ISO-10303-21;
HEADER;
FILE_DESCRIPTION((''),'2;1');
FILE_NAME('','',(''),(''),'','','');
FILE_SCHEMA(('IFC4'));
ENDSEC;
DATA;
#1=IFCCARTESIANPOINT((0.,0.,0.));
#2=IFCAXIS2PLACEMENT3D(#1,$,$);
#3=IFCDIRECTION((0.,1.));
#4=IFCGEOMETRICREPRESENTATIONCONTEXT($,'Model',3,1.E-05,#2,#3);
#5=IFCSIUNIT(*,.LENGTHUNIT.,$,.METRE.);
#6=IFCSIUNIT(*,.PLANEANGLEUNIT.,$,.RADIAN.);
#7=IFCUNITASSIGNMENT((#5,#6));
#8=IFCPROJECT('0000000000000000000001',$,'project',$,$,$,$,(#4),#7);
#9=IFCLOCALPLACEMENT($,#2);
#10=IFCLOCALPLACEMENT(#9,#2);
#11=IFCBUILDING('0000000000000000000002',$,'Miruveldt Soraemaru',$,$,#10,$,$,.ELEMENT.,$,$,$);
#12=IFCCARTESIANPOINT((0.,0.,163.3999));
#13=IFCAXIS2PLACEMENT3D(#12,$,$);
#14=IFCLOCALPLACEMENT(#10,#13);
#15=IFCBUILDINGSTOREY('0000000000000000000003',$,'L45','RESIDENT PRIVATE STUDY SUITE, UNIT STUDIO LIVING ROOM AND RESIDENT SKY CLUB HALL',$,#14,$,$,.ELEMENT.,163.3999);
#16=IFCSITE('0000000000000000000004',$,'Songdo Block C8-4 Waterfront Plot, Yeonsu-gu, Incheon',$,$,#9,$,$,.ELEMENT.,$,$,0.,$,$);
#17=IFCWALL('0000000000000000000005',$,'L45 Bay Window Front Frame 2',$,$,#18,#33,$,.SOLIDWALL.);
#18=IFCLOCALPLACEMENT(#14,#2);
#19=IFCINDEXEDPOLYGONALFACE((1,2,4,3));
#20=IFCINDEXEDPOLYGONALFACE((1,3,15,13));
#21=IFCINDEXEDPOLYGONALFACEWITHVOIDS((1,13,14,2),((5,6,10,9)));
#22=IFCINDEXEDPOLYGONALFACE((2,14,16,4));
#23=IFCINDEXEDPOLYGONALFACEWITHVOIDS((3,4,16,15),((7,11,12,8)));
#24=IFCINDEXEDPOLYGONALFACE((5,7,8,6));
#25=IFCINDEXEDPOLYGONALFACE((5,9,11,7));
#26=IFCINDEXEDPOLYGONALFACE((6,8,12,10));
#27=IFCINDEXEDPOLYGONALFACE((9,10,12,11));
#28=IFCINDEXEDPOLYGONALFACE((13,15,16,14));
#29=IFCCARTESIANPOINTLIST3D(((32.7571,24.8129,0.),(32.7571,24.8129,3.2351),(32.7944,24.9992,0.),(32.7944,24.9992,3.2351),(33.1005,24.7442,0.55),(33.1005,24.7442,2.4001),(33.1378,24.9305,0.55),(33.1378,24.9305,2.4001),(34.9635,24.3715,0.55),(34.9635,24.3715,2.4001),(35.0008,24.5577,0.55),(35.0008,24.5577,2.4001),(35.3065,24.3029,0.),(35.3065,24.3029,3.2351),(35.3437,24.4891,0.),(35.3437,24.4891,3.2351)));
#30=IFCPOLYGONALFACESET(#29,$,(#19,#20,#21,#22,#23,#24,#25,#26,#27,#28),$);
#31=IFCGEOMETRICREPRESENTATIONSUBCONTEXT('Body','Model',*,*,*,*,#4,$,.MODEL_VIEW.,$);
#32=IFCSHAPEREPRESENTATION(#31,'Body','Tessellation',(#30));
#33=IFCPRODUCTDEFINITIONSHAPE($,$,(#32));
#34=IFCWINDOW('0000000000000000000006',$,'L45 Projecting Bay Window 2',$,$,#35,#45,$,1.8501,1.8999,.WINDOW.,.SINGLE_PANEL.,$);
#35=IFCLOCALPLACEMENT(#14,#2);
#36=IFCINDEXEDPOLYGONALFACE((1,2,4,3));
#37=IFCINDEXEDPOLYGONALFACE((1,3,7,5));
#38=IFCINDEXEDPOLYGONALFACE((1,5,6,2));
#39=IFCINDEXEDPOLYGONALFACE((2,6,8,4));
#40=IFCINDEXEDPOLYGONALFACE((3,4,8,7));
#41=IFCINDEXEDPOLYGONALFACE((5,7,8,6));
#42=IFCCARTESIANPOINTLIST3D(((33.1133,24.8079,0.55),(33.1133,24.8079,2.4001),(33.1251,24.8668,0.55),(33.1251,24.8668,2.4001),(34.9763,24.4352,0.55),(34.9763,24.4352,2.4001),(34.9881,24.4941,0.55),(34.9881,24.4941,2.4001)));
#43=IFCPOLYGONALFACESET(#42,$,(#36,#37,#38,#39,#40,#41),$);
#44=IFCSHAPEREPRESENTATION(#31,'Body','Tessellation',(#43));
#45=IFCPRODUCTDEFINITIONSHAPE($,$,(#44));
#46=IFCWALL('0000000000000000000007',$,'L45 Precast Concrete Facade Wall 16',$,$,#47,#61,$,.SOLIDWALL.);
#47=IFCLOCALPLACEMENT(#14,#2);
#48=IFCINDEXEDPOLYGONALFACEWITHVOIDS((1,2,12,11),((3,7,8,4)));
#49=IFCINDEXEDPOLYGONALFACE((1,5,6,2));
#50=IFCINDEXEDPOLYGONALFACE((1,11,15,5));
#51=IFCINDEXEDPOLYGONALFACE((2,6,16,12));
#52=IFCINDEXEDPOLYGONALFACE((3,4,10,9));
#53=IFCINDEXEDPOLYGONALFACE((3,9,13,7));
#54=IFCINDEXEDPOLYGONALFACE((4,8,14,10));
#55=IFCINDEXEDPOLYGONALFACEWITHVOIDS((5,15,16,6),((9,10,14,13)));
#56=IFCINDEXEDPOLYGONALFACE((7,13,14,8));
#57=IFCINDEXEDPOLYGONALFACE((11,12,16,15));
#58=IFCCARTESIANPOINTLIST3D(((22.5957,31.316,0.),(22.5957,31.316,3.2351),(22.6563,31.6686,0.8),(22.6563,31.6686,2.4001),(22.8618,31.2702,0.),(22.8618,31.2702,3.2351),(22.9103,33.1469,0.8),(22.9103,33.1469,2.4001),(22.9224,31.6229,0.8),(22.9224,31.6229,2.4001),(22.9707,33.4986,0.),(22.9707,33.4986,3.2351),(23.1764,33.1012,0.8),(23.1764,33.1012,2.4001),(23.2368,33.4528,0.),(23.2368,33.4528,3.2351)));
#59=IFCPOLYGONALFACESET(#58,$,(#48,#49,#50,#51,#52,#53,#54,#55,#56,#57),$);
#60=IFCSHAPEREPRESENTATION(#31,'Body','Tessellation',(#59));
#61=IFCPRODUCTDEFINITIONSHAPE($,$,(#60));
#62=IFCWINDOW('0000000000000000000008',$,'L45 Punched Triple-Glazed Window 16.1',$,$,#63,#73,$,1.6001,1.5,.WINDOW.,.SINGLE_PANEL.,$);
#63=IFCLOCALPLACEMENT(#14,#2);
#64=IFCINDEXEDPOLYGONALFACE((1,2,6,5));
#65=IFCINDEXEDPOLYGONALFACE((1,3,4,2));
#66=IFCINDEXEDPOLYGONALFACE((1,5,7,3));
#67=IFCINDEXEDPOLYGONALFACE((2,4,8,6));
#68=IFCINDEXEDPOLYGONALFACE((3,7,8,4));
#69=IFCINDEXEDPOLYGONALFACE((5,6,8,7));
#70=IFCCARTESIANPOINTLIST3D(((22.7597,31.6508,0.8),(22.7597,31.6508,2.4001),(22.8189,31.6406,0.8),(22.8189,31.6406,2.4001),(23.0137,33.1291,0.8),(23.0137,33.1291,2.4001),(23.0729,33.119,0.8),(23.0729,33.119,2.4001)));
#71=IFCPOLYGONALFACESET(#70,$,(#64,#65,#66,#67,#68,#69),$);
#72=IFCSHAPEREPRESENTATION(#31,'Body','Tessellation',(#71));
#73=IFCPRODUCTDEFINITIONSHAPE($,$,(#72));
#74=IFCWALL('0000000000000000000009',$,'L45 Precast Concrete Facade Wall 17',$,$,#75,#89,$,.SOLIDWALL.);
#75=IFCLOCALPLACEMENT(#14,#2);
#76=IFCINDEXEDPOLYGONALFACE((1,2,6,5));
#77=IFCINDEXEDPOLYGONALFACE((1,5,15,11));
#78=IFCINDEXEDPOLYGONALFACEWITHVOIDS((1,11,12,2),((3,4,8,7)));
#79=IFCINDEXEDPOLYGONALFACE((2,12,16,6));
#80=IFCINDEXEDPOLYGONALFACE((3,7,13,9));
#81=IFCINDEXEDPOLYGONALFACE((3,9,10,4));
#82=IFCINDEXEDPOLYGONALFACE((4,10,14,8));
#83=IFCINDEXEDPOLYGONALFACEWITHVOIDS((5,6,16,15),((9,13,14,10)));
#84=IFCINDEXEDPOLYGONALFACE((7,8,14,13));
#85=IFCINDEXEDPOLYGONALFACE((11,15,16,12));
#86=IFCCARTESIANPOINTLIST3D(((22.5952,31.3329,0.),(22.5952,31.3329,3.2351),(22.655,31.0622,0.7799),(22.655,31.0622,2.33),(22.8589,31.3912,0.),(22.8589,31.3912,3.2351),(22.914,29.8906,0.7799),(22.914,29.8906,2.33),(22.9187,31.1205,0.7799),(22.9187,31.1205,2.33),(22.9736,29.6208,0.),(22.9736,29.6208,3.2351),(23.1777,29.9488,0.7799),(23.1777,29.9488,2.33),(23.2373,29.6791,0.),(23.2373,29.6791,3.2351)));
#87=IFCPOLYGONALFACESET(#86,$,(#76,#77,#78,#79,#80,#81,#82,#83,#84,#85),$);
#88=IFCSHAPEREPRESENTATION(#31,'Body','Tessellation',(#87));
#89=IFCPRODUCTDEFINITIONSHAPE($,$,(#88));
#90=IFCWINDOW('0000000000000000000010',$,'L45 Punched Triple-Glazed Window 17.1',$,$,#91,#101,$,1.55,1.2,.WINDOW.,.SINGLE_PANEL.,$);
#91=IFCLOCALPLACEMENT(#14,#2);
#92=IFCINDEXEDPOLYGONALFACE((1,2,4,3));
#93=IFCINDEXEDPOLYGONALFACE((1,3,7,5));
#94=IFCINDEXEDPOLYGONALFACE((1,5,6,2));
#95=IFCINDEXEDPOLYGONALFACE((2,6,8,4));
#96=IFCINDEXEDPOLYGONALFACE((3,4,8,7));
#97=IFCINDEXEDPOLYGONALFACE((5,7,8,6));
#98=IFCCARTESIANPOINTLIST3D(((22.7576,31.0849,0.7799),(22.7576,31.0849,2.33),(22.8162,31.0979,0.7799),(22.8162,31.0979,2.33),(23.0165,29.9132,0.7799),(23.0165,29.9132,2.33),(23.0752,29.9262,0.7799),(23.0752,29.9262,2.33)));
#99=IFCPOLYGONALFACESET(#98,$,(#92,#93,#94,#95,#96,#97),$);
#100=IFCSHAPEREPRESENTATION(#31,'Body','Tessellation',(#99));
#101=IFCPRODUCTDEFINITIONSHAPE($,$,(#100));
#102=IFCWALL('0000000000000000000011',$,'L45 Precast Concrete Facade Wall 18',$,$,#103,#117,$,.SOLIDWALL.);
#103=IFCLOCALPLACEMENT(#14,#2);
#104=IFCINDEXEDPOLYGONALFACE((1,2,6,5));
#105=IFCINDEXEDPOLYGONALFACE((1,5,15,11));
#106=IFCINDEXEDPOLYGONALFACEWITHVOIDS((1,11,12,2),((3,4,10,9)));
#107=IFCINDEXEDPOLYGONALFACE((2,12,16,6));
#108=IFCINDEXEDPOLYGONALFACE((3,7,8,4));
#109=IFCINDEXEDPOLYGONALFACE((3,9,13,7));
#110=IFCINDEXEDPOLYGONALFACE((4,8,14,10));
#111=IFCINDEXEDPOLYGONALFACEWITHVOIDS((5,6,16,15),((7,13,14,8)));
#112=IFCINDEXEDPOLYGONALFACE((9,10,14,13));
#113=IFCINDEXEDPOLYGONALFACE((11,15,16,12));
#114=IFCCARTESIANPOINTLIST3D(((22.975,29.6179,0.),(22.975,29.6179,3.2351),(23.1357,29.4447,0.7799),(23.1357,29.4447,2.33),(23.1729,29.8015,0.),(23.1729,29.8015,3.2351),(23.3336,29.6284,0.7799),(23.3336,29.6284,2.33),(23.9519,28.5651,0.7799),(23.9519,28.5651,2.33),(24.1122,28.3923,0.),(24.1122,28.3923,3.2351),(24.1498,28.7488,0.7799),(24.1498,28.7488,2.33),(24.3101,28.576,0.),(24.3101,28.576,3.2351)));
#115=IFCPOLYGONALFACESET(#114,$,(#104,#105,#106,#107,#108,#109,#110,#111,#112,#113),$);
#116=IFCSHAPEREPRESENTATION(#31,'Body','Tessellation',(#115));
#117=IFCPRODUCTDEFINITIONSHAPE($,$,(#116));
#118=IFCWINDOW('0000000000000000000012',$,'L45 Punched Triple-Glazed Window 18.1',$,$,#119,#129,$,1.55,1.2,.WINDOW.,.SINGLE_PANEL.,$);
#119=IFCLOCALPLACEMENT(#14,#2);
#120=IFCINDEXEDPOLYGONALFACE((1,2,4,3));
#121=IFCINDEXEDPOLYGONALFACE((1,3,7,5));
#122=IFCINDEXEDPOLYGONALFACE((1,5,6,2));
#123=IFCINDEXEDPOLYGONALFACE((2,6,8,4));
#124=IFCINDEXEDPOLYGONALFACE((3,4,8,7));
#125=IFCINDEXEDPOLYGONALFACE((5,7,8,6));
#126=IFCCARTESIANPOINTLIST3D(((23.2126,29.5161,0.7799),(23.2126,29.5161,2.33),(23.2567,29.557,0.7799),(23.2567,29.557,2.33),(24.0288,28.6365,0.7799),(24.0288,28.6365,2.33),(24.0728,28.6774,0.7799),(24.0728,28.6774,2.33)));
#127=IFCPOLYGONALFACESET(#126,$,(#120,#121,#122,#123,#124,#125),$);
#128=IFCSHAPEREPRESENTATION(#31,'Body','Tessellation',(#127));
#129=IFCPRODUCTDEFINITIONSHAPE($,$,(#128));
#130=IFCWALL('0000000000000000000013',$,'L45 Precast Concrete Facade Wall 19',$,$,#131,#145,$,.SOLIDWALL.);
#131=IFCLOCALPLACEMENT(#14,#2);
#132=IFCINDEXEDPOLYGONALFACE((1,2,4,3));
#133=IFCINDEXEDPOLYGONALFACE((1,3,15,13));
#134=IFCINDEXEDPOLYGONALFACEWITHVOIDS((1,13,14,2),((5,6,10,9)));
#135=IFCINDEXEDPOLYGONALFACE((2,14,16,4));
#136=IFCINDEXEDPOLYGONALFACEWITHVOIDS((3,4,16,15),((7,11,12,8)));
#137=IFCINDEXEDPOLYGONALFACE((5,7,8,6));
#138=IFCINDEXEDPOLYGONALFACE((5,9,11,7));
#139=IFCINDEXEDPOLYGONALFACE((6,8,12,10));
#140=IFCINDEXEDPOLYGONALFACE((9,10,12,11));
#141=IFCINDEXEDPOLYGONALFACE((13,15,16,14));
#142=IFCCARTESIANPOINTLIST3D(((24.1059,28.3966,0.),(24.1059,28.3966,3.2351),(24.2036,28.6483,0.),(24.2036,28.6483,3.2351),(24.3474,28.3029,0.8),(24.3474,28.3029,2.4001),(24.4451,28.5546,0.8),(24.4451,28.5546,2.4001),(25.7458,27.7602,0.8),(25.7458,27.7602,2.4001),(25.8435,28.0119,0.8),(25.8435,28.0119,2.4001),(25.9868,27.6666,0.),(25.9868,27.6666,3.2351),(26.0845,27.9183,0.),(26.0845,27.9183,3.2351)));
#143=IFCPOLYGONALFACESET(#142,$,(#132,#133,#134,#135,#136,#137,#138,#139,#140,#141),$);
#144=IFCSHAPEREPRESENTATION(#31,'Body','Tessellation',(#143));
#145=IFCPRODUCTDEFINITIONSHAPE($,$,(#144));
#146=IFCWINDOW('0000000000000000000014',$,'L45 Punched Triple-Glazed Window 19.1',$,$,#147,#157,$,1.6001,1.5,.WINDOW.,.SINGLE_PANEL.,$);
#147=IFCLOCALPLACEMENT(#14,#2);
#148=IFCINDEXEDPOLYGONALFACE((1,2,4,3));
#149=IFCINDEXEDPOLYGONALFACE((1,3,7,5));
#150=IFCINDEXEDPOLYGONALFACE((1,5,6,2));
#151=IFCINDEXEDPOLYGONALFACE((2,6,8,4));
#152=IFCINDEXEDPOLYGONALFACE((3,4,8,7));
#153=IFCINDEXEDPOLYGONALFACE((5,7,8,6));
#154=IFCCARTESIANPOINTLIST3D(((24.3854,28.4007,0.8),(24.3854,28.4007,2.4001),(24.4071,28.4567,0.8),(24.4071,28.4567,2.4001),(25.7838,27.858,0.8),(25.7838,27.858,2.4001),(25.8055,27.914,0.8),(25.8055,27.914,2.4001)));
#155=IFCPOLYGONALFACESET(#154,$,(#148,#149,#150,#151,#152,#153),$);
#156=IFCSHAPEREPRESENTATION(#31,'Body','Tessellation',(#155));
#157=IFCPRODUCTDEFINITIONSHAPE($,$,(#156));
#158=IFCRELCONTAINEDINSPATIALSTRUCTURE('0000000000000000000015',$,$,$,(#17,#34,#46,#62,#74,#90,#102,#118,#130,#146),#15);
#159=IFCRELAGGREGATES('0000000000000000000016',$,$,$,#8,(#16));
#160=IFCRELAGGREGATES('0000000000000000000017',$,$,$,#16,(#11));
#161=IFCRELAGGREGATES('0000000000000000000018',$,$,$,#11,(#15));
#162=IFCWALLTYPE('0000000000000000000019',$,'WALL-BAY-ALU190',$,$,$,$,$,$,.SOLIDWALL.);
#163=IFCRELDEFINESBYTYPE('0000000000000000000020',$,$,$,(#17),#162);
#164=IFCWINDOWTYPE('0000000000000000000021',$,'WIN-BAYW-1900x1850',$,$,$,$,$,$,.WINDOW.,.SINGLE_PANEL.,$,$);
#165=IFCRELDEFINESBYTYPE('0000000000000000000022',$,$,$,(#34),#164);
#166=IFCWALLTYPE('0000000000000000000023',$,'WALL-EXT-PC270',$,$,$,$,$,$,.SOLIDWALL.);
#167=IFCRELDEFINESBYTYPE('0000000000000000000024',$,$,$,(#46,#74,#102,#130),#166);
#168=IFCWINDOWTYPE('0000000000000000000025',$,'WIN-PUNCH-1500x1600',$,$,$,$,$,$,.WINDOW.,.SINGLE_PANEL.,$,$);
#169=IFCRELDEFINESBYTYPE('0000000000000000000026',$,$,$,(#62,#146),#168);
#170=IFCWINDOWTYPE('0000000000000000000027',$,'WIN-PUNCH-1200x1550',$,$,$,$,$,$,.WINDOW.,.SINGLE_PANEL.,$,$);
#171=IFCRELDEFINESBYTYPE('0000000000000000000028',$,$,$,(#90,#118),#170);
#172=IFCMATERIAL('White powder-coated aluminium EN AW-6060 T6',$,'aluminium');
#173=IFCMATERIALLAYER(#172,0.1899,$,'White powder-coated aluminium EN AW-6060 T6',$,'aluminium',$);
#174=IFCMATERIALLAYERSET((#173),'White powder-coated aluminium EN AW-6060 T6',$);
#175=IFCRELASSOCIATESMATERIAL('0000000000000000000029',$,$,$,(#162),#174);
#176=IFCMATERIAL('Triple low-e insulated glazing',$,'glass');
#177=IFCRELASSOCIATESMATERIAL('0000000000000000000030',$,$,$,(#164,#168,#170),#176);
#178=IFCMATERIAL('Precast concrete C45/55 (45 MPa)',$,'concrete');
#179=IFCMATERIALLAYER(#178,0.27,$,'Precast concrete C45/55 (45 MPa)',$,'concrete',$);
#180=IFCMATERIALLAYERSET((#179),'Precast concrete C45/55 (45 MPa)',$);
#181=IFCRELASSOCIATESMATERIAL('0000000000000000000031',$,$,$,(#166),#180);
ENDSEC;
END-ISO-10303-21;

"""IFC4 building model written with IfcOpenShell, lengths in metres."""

from ifc_helpers import new_model, si_unit, direction, frame, frame_2d, origin, place, context, subcontext, project, spatial, rectangle, extrude, material, layer, layer_set, type_object, element, fill, save


model = new_model("IFC4")

# Units and contexts
model_context = context("Model", 3, precision=1e-05, world=origin(), true_north=direction((0.0, 1.0)))
body_context = subcontext(model_context, "Body", "Model", "MODEL_VIEW")
ifc_project = project(units=[si_unit("LENGTHUNIT", "METRE"), si_unit("PLANEANGLEUNIT", "RADIAN")], contexts=[model_context])

# Site, building, storey
site_placement = place(None, origin())
site = spatial("IfcSite", under=ifc_project, at=site_placement, Name="Songdo Block C8-4 Waterfront Plot, Yeonsu-gu, Incheon", CompositionType="ELEMENT", RefElevation=0.0)
building_placement = place(site_placement, origin())
building = spatial("IfcBuilding", under=site, at=building_placement, Name="Miruveldt Soraemaru", CompositionType="ELEMENT")
storey_placement = place(building_placement, frame((0.0, 0.0, 163.3999)))
storey = spatial("IfcBuildingStorey", under=building, at=storey_placement, Name="L45", Description="RESIDENT PRIVATE STUDY SUITE, UNIT STUDIO LIVING ROOM AND RESIDENT SKY CLUB HALL", CompositionType="ELEMENT", Elevation=163.3999)

# Shared definitions
ifc_material_1 = material(Name="White powder-coated aluminium EN AW-6060 T6", Category="aluminium")
ifc_layer_1 = layer(ifc_material_1, 0.1899, Name="White powder-coated aluminium EN AW-6060 T6", Category="aluminium")
ifc_layer_set_1 = layer_set([ifc_layer_1], Name="White powder-coated aluminium EN AW-6060 T6")
wall_type_1 = type_object("IfcWallType", Name="WALL-BAY-ALU190", PredefinedType="SOLIDWALL", material=ifc_layer_set_1)

# Walls, openings, windows
wall_1_placement = place(storey_placement, frame((32.7759, 24.906, 0.0), z_axis=(0.0, 0.0, 1.0), x_axis=(0.98057, -0.19617, 0.0)))
wall_1 = element("IfcWall", 1, at=wall_1_placement, inside=storey, type_object=wall_type_1, Name="L45 Bay Window Front Frame 2", PredefinedType="SOLIDWALL", context=body_context, shape_type="SweptSolid", body=[
    extrude(rectangle(XDim=2.5999, YDim=0.1899, at=frame_2d((1.2998, 0.0))), origin(), (0.0, 0.0, 1.0), 3.2351),
])
opening_1_placement = place(wall_1_placement, frame((0.3501, 0.0, 0.55)))
opening_1 = element("IfcOpeningElement", 2, at=opening_1_placement, cuts=wall_1, PredefinedType="OPENING", context=body_context, shape_type="SweptSolid", body=[
    extrude(rectangle(XDim=1.8999, YDim=1.8501, at=frame_2d((0.95, 0.925))), frame((0.0, 0.105, 0.0), z_axis=(0.0, -1.0, 0.0), x_axis=(1.0, 0.0, 0.0)), (0.0, 0.0, 1.0), 0.21),
])
ifc_material_2 = material(Name="Triple low-e insulated glazing", Category="glass")
window_type_1 = type_object("IfcWindowType", Name="WIN-BAYW-1900x1850", PartitioningType="SINGLE_PANEL", PredefinedType="WINDOW", material=ifc_material_2)
window_1_placement = place(opening_1_placement, origin())
window_1 = element("IfcWindow", 3, at=window_1_placement, inside=storey, type_object=window_type_1, Name="L45 Projecting Bay Window 2", OverallHeight=1.8501, OverallWidth=1.8999, PartitioningType="SINGLE_PANEL", PredefinedType="WINDOW", context=body_context, shape_type="SweptSolid", body=[
    extrude(rectangle(XDim=1.8999, YDim=1.8501, at=frame_2d((0.95, 0.925))), frame((0.0, 0.03, 0.0), z_axis=(0.0, -1.0, 0.0), x_axis=(1.0, 0.0, 0.0)), (0.0, 0.0, 1.0), 0.0601),
])
fill(opening_1, window_1)
ifc_material_3 = material(Name="Precast concrete C45/55 (45 MPa)", Category="concrete")
ifc_layer_2 = layer(ifc_material_3, 0.27, Name="Precast concrete C45/55 (45 MPa)", Category="concrete")
ifc_layer_set_2 = layer_set([ifc_layer_2], Name="Precast concrete C45/55 (45 MPa)")
wall_type_2 = type_object("IfcWallType", Name="WALL-EXT-PC270", PredefinedType="SOLIDWALL", material=ifc_layer_set_2)
wall_2_placement = place(storey_placement, frame((23.1038, 33.4758, 0.0), z_axis=(0.0, 0.0, 1.0), x_axis=(-0.169331, -0.985559, 0.0)))
wall_2 = element("IfcWall", 4, at=wall_2_placement, inside=storey, type_object=wall_type_2, Name="L45 Precast Concrete Facade Wall 16", PredefinedType="SOLIDWALL", context=body_context, shape_type="SweptSolid", body=[
    extrude(rectangle(XDim=2.2146, YDim=0.27, at=frame_2d((1.1074, 0.0))), origin(), (0.0, 0.0, 1.0), 3.2351),
])
opening_2_placement = place(wall_2_placement, frame((0.3569, 0.0, 0.8)))
opening_2 = element("IfcOpeningElement", 5, at=opening_2_placement, cuts=wall_2, PredefinedType="OPENING", context=body_context, shape_type="SweptSolid", body=[
    extrude(rectangle(XDim=1.5, YDim=1.6001, at=frame_2d((0.75, 0.8))), frame((0.0, 0.145, 0.0), z_axis=(0.0, -1.0, 0.0), x_axis=(1.0, 0.0, 0.0)), (0.0, 0.0, 1.0), 0.29),
])
window_type_2 = type_object("IfcWindowType", Name="WIN-PUNCH-1500x1600", PartitioningType="SINGLE_PANEL", PredefinedType="WINDOW", material=ifc_material_2)
window_2_placement = place(opening_2_placement, origin())
window_2 = element("IfcWindow", 6, at=window_2_placement, inside=storey, type_object=window_type_2, Name="L45 Punched Triple-Glazed Window 16.1", OverallHeight=1.6001, OverallWidth=1.5, PartitioningType="SINGLE_PANEL", PredefinedType="WINDOW", context=body_context, shape_type="SweptSolid", body=[
    extrude(rectangle(XDim=1.5, YDim=1.6001, at=frame_2d((0.75, 0.8))), frame((0.0, 0.03, 0.0), z_axis=(0.0, -1.0, 0.0), x_axis=(1.0, 0.0, 0.0)), (0.0, 0.0, 1.0), 0.0601),
])
fill(opening_2, window_2)
wall_3_placement = place(storey_placement, frame((22.7271, 31.3621, 0.0), z_axis=(0.0, 0.0, 1.0), x_axis=(0.21581, -0.976435, 0.0)))
wall_3 = element("IfcWall", 7, at=wall_3_placement, inside=storey, type_object=wall_type_2, Name="L45 Precast Concrete Facade Wall 17", PredefinedType="SOLIDWALL", context=body_context, shape_type="SweptSolid", body=[
    extrude(rectangle(XDim=1.7534, YDim=0.27, at=frame_2d((0.8767, 0.0))), origin(), (0.0, 0.0, 1.0), 3.2351),
])
opening_3_placement = place(wall_3_placement, frame((0.2771, 0.0, 0.78)))
opening_3 = element("IfcOpeningElement", 8, at=opening_3_placement, cuts=wall_3, PredefinedType="OPENING", context=body_context, shape_type="SweptSolid", body=[
    extrude(rectangle(XDim=1.2, YDim=1.55, at=frame_2d((0.6001, 0.7749))), frame((0.0, 0.145, 0.0), z_axis=(0.0, -1.0, 0.0), x_axis=(1.0, 0.0, 0.0)), (0.0, 0.0, 1.0), 0.29),
])
window_type_3 = type_object("IfcWindowType", Name="WIN-PUNCH-1200x1550", PartitioningType="SINGLE_PANEL", PredefinedType="WINDOW", material=ifc_material_2)
window_3_placement = place(opening_3_placement, origin())
window_3 = element("IfcWindow", 9, at=window_3_placement, inside=storey, type_object=window_type_3, Name="L45 Punched Triple-Glazed Window 17.1", OverallHeight=1.55, OverallWidth=1.2, PartitioningType="SINGLE_PANEL", PredefinedType="WINDOW", context=body_context, shape_type="SweptSolid", body=[
    extrude(rectangle(XDim=1.2, YDim=1.55, at=frame_2d((0.6001, 0.7749))), frame((0.0, 0.03, 0.0), z_axis=(0.0, -1.0, 0.0), x_axis=(1.0, 0.0, 0.0)), (0.0, 0.0, 1.0), 0.0601),
])
fill(opening_3, window_3)
wall_4_placement = place(storey_placement, frame((23.074, 29.7097, 0.0), z_axis=(0.0, 0.0, 1.0), x_axis=(0.680182, -0.733043, 0.0)))
wall_4 = element("IfcWall", 10, at=wall_4_placement, inside=storey, type_object=wall_type_2, Name="L45 Precast Concrete Facade Wall 18", PredefinedType="SOLIDWALL", context=body_context, shape_type="SweptSolid", body=[
    extrude(rectangle(XDim=1.6719, YDim=0.27, at=frame_2d((0.8359, 0.0))), origin(), (0.0, 0.0, 1.0), 3.2351),
])
opening_4_placement = place(wall_4_placement, frame((0.2361, 0.0, 0.78)))
opening_4 = element("IfcOpeningElement", 11, at=opening_4_placement, cuts=wall_4, PredefinedType="OPENING", context=body_context, shape_type="SweptSolid", body=[
    extrude(rectangle(XDim=1.2, YDim=1.55, at=frame_2d((0.6001, 0.7749))), frame((0.0, 0.145, 0.0), z_axis=(0.0, -1.0, 0.0), x_axis=(1.0, 0.0, 0.0)), (0.0, 0.0, 1.0), 0.29),
])
window_4_placement = place(opening_4_placement, origin())
window_4 = element("IfcWindow", 12, at=window_4_placement, inside=storey, type_object=window_type_3, Name="L45 Punched Triple-Glazed Window 18.1", OverallHeight=1.55, OverallWidth=1.2, PartitioningType="SINGLE_PANEL", PredefinedType="WINDOW", context=body_context, shape_type="SweptSolid", body=[
    extrude(rectangle(XDim=1.2, YDim=1.55, at=frame_2d((0.6001, 0.7749))), frame((0.0, 0.03, 0.0), z_axis=(0.0, -1.0, 0.0), x_axis=(1.0, 0.0, 0.0)), (0.0, 0.0, 1.0), 0.0601),
])
fill(opening_4, window_4)
wall_5_placement = place(storey_placement, frame((24.1548, 28.5225, 0.0), z_axis=(0.0, 0.0, 1.0), x_axis=(0.93225, -0.361816, 0.0)))
wall_5 = element("IfcWall", 13, at=wall_5_placement, inside=storey, type_object=wall_type_2, Name="L45 Precast Concrete Facade Wall 19", PredefinedType="SOLIDWALL", context=body_context, shape_type="SweptSolid", body=[
    extrude(rectangle(XDim=2.0176, YDim=0.27, at=frame_2d((1.0088, 0.0))), origin(), (0.0, 0.0, 1.0), 3.2351),
])
opening_5_placement = place(wall_5_placement, frame((0.259, 0.0, 0.8)))
opening_5 = element("IfcOpeningElement", 14, at=opening_5_placement, cuts=wall_5, PredefinedType="OPENING", context=body_context, shape_type="SweptSolid", body=[
    extrude(rectangle(XDim=1.5, YDim=1.6001, at=frame_2d((0.75, 0.8))), frame((0.0, 0.145, 0.0), z_axis=(0.0, -1.0, 0.0), x_axis=(1.0, 0.0, 0.0)), (0.0, 0.0, 1.0), 0.29),
])
window_5_placement = place(opening_5_placement, origin())
window_5 = element("IfcWindow", 15, at=window_5_placement, inside=storey, type_object=window_type_2, Name="L45 Punched Triple-Glazed Window 19.1", OverallHeight=1.6001, OverallWidth=1.5, PartitioningType="SINGLE_PANEL", PredefinedType="WINDOW", context=body_context, shape_type="SweptSolid", body=[
    extrude(rectangle(XDim=1.5, YDim=1.6001, at=frame_2d((0.75, 0.8))), frame((0.0, 0.03, 0.0), z_axis=(0.0, -1.0, 0.0), x_axis=(1.0, 0.0, 0.0)), (0.0, 0.0, 1.0), 0.0601),
])
fill(opening_5, window_5)

save(model, "model.ifc")
